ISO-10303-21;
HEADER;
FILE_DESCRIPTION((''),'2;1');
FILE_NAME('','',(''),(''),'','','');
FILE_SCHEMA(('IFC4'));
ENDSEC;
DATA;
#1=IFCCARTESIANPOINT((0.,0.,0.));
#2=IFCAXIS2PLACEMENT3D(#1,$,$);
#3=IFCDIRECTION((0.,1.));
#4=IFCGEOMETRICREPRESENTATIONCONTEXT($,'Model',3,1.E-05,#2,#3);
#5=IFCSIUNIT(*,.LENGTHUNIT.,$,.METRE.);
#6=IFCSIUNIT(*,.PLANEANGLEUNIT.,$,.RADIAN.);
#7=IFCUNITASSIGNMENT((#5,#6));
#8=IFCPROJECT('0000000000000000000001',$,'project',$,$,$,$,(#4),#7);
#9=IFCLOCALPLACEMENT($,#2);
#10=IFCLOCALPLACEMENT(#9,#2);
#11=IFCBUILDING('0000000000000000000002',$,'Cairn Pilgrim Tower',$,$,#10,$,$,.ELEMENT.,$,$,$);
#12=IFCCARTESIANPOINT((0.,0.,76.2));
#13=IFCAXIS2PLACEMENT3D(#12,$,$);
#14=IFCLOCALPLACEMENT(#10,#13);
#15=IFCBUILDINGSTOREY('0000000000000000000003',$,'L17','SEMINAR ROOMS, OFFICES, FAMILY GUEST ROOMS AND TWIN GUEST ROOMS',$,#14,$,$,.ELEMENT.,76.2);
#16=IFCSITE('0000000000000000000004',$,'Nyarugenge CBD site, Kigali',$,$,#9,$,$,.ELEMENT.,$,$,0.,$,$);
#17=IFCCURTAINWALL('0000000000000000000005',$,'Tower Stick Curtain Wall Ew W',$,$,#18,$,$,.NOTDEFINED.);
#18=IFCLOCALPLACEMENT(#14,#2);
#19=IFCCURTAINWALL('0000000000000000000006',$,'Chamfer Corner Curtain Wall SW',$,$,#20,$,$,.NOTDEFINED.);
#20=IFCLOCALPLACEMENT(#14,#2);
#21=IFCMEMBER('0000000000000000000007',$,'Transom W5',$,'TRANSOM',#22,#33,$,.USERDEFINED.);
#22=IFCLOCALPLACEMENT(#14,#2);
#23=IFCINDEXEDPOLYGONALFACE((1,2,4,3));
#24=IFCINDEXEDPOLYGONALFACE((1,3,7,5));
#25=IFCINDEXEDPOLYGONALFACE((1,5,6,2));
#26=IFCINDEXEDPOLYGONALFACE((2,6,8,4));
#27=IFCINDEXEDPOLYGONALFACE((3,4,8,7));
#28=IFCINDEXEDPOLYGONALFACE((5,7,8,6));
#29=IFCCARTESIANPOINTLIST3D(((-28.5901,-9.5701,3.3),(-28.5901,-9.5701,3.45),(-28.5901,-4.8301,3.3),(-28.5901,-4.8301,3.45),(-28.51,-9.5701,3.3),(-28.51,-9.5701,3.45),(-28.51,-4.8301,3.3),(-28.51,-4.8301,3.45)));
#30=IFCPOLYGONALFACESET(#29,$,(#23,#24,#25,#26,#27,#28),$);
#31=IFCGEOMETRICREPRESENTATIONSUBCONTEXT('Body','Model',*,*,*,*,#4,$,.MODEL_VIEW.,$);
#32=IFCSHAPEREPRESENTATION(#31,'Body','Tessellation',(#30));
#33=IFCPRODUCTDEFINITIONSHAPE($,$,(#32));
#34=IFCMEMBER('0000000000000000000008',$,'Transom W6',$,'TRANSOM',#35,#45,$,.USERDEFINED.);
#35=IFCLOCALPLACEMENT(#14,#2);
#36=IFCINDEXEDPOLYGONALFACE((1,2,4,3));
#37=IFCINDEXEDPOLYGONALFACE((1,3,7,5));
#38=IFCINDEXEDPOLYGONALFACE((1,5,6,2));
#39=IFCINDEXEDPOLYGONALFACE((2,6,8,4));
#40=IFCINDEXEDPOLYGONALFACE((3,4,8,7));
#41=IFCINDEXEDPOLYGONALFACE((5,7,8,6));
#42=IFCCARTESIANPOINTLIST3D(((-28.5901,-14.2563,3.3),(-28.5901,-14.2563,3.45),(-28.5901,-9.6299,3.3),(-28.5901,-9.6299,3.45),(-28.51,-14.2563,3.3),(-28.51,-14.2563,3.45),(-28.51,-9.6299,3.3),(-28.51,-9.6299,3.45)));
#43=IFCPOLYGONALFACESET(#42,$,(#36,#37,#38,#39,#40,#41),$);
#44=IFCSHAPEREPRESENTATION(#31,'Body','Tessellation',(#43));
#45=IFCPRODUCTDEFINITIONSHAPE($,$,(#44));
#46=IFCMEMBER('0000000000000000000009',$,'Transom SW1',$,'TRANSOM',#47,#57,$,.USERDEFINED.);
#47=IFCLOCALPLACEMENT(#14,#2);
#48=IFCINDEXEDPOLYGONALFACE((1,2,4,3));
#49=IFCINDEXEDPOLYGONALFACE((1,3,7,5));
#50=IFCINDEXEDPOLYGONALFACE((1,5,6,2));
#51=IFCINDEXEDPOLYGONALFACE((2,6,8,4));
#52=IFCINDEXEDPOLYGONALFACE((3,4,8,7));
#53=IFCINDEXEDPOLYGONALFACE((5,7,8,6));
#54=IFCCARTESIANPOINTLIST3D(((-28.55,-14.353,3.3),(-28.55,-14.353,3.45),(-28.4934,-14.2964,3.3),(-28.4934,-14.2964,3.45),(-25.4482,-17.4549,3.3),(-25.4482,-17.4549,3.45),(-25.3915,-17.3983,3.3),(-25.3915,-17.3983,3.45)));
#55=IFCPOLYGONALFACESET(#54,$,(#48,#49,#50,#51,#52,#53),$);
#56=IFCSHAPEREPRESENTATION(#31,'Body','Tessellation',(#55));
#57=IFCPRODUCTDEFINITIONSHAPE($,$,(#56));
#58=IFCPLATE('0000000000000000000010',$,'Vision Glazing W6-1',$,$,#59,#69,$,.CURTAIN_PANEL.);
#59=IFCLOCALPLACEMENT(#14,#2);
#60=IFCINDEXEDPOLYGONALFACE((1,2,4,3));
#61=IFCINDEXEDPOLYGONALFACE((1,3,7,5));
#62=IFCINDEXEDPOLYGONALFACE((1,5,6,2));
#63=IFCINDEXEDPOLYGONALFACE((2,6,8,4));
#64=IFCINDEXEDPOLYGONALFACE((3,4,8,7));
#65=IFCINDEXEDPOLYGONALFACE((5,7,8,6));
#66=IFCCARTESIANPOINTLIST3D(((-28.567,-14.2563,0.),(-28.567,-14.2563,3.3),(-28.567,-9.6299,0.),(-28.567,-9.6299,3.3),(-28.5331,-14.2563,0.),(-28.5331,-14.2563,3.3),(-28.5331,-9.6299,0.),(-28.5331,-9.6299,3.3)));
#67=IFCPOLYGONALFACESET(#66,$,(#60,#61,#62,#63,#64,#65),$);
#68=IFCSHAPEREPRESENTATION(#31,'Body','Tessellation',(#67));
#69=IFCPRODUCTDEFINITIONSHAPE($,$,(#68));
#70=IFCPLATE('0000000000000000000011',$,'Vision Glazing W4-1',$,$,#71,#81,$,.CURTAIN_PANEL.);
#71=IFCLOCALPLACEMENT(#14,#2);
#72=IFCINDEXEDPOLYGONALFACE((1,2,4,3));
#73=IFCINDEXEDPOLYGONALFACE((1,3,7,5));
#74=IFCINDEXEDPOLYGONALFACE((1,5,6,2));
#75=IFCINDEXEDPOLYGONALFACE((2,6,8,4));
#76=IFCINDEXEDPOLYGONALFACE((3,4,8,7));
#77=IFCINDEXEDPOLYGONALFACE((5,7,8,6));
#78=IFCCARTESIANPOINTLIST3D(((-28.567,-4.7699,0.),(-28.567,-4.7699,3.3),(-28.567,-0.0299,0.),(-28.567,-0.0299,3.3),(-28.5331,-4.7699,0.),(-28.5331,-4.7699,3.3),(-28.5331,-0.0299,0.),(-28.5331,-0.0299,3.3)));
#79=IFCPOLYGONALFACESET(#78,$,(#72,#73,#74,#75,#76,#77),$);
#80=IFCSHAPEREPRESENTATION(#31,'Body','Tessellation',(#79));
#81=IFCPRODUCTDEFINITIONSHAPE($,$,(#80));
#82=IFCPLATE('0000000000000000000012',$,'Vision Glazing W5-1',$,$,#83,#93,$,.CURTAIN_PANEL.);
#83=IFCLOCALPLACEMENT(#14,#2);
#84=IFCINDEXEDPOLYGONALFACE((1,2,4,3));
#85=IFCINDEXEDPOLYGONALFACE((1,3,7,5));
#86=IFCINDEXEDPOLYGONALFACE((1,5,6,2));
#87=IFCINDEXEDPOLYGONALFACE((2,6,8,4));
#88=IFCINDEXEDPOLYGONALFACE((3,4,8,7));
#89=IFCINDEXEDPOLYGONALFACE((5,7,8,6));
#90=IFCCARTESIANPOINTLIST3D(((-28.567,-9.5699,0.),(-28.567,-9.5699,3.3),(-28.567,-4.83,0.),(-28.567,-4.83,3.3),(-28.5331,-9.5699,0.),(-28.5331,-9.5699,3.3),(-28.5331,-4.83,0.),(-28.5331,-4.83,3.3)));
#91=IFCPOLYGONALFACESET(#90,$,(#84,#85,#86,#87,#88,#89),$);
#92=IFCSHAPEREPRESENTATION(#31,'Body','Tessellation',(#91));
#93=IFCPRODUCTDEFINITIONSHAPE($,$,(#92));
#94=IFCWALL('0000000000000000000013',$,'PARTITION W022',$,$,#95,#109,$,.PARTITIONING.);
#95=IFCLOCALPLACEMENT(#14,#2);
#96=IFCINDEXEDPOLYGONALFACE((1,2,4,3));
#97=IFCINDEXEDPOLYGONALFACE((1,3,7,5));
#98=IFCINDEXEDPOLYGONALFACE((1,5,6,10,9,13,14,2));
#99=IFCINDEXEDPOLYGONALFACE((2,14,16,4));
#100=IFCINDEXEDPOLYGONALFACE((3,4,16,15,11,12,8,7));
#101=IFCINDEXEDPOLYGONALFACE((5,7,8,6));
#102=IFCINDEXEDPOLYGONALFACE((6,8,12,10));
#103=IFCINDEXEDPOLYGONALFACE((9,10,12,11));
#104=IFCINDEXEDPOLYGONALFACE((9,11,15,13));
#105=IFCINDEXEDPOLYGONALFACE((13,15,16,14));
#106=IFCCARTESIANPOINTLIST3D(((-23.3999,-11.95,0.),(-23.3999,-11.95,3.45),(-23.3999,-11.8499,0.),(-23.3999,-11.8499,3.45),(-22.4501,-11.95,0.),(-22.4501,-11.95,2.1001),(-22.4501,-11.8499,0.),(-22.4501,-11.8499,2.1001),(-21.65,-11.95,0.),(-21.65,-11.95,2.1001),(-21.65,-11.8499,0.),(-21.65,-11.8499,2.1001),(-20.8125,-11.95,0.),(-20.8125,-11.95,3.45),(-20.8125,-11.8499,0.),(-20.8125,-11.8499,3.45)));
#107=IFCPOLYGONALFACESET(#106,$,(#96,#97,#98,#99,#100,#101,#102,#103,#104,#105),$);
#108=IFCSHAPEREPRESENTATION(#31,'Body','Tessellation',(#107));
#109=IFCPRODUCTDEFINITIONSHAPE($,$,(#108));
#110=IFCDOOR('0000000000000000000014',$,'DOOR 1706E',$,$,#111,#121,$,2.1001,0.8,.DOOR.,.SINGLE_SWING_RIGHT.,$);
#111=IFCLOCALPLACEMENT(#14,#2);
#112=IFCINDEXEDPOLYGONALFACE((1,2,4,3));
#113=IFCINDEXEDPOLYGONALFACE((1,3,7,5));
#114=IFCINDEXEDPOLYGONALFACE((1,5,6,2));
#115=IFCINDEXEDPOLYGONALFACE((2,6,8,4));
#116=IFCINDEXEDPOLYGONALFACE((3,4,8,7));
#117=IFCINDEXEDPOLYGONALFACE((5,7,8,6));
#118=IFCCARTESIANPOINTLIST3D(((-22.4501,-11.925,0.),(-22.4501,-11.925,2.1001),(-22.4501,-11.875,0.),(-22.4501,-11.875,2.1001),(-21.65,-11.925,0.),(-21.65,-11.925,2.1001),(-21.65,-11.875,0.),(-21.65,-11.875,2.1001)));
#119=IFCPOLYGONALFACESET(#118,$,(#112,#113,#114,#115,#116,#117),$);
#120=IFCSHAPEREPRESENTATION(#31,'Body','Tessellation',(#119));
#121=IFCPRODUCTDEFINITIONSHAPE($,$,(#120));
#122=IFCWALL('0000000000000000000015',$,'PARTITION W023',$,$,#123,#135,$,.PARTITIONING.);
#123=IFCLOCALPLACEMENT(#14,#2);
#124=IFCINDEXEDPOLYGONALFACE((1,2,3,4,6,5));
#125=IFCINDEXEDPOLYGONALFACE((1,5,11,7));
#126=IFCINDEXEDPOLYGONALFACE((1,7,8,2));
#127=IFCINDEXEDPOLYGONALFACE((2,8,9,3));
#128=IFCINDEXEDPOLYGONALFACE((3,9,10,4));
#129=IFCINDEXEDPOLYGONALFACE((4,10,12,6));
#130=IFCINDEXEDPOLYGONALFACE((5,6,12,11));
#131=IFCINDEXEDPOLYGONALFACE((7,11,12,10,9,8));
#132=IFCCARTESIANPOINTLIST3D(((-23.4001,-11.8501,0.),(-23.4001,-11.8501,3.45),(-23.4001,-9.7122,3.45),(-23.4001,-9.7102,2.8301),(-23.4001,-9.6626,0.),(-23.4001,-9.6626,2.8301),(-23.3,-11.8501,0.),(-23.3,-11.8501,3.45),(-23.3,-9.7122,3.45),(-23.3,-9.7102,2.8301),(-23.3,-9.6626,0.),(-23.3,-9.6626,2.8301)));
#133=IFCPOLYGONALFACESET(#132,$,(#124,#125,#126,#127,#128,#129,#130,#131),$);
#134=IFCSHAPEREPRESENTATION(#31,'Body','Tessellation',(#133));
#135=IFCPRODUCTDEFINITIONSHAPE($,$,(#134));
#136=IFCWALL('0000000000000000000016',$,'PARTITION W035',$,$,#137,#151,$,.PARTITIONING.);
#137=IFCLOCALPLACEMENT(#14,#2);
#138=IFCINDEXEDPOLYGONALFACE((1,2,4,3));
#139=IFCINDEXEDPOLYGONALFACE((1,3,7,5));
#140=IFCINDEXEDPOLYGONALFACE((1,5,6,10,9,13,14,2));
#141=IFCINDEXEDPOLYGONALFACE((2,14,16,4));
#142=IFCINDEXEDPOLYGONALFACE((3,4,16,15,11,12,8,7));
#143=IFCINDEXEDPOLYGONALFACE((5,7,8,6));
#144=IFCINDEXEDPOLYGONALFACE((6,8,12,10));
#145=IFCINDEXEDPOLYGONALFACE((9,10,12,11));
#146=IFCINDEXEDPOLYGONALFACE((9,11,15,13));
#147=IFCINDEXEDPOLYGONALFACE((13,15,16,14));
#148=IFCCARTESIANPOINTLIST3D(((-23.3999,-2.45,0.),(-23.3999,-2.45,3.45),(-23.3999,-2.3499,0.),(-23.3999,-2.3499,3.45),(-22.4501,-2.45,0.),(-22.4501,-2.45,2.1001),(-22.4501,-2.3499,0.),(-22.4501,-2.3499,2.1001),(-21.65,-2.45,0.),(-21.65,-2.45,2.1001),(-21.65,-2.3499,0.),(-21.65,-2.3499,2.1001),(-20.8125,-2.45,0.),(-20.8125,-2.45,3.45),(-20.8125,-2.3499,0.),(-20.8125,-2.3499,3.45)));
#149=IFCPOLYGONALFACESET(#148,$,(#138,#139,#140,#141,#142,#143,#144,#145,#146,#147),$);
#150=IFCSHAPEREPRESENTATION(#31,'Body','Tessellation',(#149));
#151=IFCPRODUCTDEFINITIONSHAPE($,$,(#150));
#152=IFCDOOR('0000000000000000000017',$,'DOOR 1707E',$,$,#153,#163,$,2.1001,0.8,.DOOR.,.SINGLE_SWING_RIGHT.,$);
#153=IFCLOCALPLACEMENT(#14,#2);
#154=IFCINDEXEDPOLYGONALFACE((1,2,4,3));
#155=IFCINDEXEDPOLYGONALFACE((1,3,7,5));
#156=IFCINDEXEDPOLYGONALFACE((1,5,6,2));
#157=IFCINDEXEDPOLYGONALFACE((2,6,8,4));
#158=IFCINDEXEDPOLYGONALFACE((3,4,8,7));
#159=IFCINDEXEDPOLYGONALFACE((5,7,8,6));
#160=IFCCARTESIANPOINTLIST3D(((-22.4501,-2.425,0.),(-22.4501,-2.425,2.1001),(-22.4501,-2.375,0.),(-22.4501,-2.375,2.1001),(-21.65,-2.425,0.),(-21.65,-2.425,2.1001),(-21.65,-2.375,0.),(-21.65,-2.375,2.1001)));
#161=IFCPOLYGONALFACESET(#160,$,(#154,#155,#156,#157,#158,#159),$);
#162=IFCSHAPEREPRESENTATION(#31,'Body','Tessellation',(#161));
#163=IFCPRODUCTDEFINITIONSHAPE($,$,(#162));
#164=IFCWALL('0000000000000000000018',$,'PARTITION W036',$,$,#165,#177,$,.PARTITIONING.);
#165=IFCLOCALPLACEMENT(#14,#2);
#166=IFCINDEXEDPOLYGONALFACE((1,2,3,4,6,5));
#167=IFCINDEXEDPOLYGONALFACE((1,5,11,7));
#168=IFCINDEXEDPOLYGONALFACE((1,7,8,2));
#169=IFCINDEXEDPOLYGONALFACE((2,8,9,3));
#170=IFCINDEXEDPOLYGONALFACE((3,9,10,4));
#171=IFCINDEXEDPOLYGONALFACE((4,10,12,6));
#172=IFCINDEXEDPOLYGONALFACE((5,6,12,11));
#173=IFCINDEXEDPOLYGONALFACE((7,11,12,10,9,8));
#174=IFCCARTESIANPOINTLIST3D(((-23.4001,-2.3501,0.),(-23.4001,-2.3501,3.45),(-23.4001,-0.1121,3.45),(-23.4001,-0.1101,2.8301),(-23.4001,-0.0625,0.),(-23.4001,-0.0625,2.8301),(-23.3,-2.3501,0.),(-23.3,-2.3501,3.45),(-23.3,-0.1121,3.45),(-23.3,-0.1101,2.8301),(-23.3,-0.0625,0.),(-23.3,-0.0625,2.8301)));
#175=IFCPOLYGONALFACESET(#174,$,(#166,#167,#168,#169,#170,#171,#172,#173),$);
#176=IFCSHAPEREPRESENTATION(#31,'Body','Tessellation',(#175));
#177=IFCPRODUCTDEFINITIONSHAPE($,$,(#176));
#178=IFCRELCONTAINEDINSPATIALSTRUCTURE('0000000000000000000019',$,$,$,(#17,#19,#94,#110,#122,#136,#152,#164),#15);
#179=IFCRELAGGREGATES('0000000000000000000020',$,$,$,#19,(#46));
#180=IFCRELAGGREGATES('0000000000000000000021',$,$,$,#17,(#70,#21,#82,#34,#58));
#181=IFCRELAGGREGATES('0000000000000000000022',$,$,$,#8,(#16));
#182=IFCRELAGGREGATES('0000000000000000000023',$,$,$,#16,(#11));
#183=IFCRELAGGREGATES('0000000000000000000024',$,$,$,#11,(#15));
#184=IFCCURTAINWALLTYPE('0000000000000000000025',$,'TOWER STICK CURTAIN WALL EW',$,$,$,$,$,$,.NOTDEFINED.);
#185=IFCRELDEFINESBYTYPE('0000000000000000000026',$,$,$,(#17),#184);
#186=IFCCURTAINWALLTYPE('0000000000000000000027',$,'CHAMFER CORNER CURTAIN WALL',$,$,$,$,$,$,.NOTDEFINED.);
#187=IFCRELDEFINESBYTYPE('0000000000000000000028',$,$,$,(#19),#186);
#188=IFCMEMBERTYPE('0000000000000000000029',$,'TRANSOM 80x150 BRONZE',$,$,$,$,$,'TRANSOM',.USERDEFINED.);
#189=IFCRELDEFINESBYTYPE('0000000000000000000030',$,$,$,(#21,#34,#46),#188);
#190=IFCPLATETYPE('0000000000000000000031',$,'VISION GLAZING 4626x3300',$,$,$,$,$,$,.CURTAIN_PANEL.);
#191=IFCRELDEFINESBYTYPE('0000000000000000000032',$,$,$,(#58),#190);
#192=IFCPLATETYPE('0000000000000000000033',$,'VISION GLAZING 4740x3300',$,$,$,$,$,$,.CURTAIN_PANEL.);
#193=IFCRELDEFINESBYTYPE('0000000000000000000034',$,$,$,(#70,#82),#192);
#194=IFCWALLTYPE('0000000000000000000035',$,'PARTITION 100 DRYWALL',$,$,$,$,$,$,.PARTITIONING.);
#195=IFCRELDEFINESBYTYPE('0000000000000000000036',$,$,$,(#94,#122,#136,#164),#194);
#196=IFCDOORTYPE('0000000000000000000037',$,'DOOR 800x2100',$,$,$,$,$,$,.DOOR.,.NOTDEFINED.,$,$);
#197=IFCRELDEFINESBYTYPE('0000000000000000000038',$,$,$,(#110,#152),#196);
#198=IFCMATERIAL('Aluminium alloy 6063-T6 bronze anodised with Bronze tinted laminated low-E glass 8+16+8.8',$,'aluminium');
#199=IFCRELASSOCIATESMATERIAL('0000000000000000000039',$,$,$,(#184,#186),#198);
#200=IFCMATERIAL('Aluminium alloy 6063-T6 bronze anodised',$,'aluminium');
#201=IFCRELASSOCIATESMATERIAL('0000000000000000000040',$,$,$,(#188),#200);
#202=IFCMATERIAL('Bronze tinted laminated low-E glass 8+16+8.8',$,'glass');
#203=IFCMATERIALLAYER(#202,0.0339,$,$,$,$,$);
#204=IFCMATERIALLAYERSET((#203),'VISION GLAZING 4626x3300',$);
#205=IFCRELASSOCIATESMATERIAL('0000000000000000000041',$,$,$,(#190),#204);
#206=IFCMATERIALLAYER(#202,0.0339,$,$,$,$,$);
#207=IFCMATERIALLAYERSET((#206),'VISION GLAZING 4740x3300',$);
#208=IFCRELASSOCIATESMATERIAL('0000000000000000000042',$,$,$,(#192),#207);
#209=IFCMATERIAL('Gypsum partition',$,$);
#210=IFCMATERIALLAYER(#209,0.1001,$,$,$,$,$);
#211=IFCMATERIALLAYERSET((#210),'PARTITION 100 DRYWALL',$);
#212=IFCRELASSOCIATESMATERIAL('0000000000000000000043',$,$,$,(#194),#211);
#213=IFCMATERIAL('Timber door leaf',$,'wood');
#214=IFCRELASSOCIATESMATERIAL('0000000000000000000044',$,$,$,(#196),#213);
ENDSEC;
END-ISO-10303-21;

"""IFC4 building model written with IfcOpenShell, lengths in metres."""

from ifc_helpers import new_model, si_unit, direction, frame, frame_2d, origin, origin_2d, place, context, subcontext, project, spatial, polyline, rectangle, outline, extrude, material, layer, layer_set, material_profile, profile_set, type_object, element, fill, aggregate, save


model = new_model("IFC4")

# Units and contexts
model_context = context("Model", 3, precision=1e-05, world=origin(), true_north=direction((0.0, 1.0)))
body_context = subcontext(model_context, "Body", "Model", "MODEL_VIEW")
ifc_project = project(units=[si_unit("LENGTHUNIT", "METRE"), si_unit("PLANEANGLEUNIT", "RADIAN")], contexts=[model_context])

# Site, building, storey
site_placement = place(None, origin())
site = spatial("IfcSite", under=ifc_project, at=site_placement, Name="Nyarugenge CBD site, Kigali", CompositionType="ELEMENT", RefElevation=0.0)
building_placement = place(site_placement, origin())
building = spatial("IfcBuilding", under=site, at=building_placement, Name="Cairn Pilgrim Tower", CompositionType="ELEMENT")
storey_placement = place(building_placement, frame((0.0, 0.0, 76.2)))
storey = spatial("IfcBuildingStorey", under=building, at=storey_placement, Name="L17", Description="SEMINAR ROOMS, OFFICES, FAMILY GUEST ROOMS AND TWIN GUEST ROOMS", CompositionType="ELEMENT", Elevation=76.2)

# Curtain wall
ifc_material_1 = material(Name="Aluminium alloy 6063-T6 bronze anodised with Bronze tinted laminated low-E glass 8+16+8.8", Category="aluminium")
curtain_wall_type_1 = type_object("IfcCurtainWallType", Name="TOWER STICK CURTAIN WALL EW", PredefinedType="NOTDEFINED", material=ifc_material_1)
curtain_wall_1_placement = place(storey_placement, origin())
curtain_wall_1 = element("IfcCurtainWall", 1, at=curtain_wall_1_placement, inside=storey, type_object=curtain_wall_type_1, Name="Tower Stick Curtain Wall Ew W", PredefinedType="NOTDEFINED")
ifc_material_2 = material(Name="Aluminium alloy 6063-T6 bronze anodised", Category="aluminium")

# Curtain wall
curtain_wall_type_2 = type_object("IfcCurtainWallType", Name="CHAMFER CORNER CURTAIN WALL", PredefinedType="NOTDEFINED", material=ifc_material_1)
curtain_wall_2_placement = place(storey_placement, origin())
curtain_wall_2 = element("IfcCurtainWall", 2, at=curtain_wall_2_placement, inside=storey, type_object=curtain_wall_type_2, Name="Chamfer Corner Curtain Wall SW", PredefinedType="NOTDEFINED")

# Members
ifc_material_profile_1 = material_profile(ifc_material_2, rectangle(XDim=0.0801, YDim=0.1499, at=origin_2d()), Name="TRANSOM 80x150 BRONZE")
ifc_profile_set_1 = profile_set([ifc_material_profile_1], Name="Aluminium alloy 6063-T6 bronze anodised")
member_type_1 = type_object("IfcMemberType", Name="TRANSOM 80x150 BRONZE", ElementType="TRANSOM", PredefinedType="USERDEFINED", material=ifc_profile_set_1)
member_1_placement = place(storey_placement, frame((-28.55, -4.8301, 3.375), z_axis=(0.0, -1.0, 0.0), x_axis=(1.0, 0.0, 0.0)))
member_1 = element("IfcMember", 3, at=member_1_placement, type_object=member_type_1, Name="Transom W5", ObjectType="TRANSOM", PredefinedType="USERDEFINED", context=body_context, shape_type="SweptSolid", body=[
    extrude(rectangle(XDim=0.0801, YDim=0.1499, at=origin_2d()), origin(), (0.0, 0.0, 1.0), 4.74),
])
member_2_placement = place(storey_placement, frame((-28.55, -9.6299, 3.375), z_axis=(0.0, -1.0, 0.0), x_axis=(1.0, 0.0, 0.0)))
member_2 = element("IfcMember", 4, at=member_2_placement, type_object=member_type_1, Name="Transom W6", ObjectType="TRANSOM", PredefinedType="USERDEFINED", context=body_context, shape_type="SweptSolid", body=[
    extrude(rectangle(XDim=0.0801, YDim=0.1499, at=origin_2d()), origin(), (0.0, 0.0, 1.0), 4.6265),
])
member_3_placement = place(storey_placement, frame((-28.5217, -14.3247, 3.375), z_axis=(0.707107, -0.707107, 0.0), x_axis=(0.707107, 0.707107, 0.0)))
member_3 = element("IfcMember", 5, at=member_3_placement, type_object=member_type_1, Name="Transom SW1", ObjectType="TRANSOM", PredefinedType="USERDEFINED", context=body_context, shape_type="SweptSolid", body=[
    extrude(rectangle(XDim=0.0801, YDim=0.1499, at=origin_2d()), origin(), (0.0, 0.0, 1.0), 4.3867),
])
aggregate(curtain_wall_2, [member_3])

# Plates
ifc_material_3 = material(Name="Bronze tinted laminated low-E glass 8+16+8.8", Category="glass")
ifc_layer_1 = layer(ifc_material_3, 0.0339)
ifc_layer_set_1 = layer_set([ifc_layer_1], Name="VISION GLAZING 4626x3300")
plate_type_1 = type_object("IfcPlateType", Name="VISION GLAZING 4626x3300", PredefinedType="CURTAIN_PANEL", material=ifc_layer_set_1)
plate_1_placement = place(storey_placement, frame((-28.55, -11.9431, 0.0), z_axis=(0.0, 0.0, 1.0), x_axis=(0.0, -1.0, 0.0)))
plate_1 = element("IfcPlate", 6, at=plate_1_placement, type_object=plate_type_1, Name="Vision Glazing W6-1", PredefinedType="CURTAIN_PANEL", context=body_context, shape_type="SweptSolid", body=[
    extrude(rectangle(XDim=4.6265, YDim=0.0339, at=origin_2d()), origin(), (0.0, 0.0, 1.0), 3.3),
])
ifc_layer_2 = layer(ifc_material_3, 0.0339)
ifc_layer_set_2 = layer_set([ifc_layer_2], Name="VISION GLAZING 4740x3300")
plate_type_2 = type_object("IfcPlateType", Name="VISION GLAZING 4740x3300", PredefinedType="CURTAIN_PANEL", material=ifc_layer_set_2)
plate_2_placement = place(storey_placement, frame((-28.55, -2.3999, 0.0), z_axis=(0.0, 0.0, 1.0), x_axis=(0.0, -1.0, 0.0)))
plate_2 = element("IfcPlate", 7, at=plate_2_placement, type_object=plate_type_2, Name="Vision Glazing W4-1", PredefinedType="CURTAIN_PANEL", context=body_context, shape_type="SweptSolid", body=[
    extrude(rectangle(XDim=4.74, YDim=0.0339, at=origin_2d()), origin(), (0.0, 0.0, 1.0), 3.3),
])
plate_3_placement = place(storey_placement, frame((-28.55, -7.2, 0.0), z_axis=(0.0, 0.0, 1.0), x_axis=(0.0, -1.0, 0.0)))
plate_3 = element("IfcPlate", 8, at=plate_3_placement, type_object=plate_type_2, Name="Vision Glazing W5-1", PredefinedType="CURTAIN_PANEL", context=body_context, shape_type="SweptSolid", body=[
    extrude(rectangle(XDim=4.74, YDim=0.0339, at=origin_2d()), origin(), (0.0, 0.0, 1.0), 3.3),
])
aggregate(curtain_wall_1, [plate_2, member_1, plate_3, member_2, plate_1])

# Wall, opening, door
ifc_material_4 = material(Name="Gypsum partition")
ifc_layer_3 = layer(ifc_material_4, 0.1001)
ifc_layer_set_3 = layer_set([ifc_layer_3], Name="PARTITION 100 DRYWALL")
wall_type_1 = type_object("IfcWallType", Name="PARTITION 100 DRYWALL", PredefinedType="PARTITIONING", material=ifc_layer_set_3)
wall_1_placement = place(storey_placement, frame((-23.3999, -11.8999, 0.0), z_axis=(0.0, 0.0, 1.0), x_axis=(1.0, 0.0, 0.0)))
wall_1 = element("IfcWall", 9, at=wall_1_placement, inside=storey, type_object=wall_type_1, Name="PARTITION W022", PredefinedType="PARTITIONING", context=body_context, shape_type="SweptSolid", body=[
    extrude(rectangle(XDim=2.5874, YDim=0.1001, at=frame_2d((1.2937, 0.0))), origin(), (0.0, 0.0, 1.0), 3.45),
])
opening_1_placement = place(wall_1_placement, frame((0.95, 0.0, 0.0)))
opening_1 = element("IfcOpeningElement", 10, at=opening_1_placement, cuts=wall_1, PredefinedType="OPENING", context=body_context, shape_type="SweptSolid", body=[
    extrude(rectangle(XDim=0.8, YDim=2.1001, at=frame_2d((0.3999, 1.05))), frame((0.0, 0.0601, 0.0), z_axis=(0.0, -1.0, 0.0), x_axis=(1.0, 0.0, 0.0)), (0.0, 0.0, 1.0), 0.1201),
])
ifc_material_5 = material(Name="Timber door leaf", Category="wood")
door_type = type_object("IfcDoorType", Name="DOOR 800x2100", OperationType="NOTDEFINED", PredefinedType="DOOR", material=ifc_material_5)
door_1_placement = place(opening_1_placement, origin())
door_1 = element("IfcDoor", 11, at=door_1_placement, inside=storey, type_object=door_type, Name="DOOR 1706E", OperationType="SINGLE_SWING_RIGHT", OverallHeight=2.1001, OverallWidth=0.8, PredefinedType="DOOR", context=body_context, shape_type="SweptSolid", body=[
    extrude(rectangle(XDim=0.8, YDim=2.1001, at=frame_2d((0.3999, 1.05))), frame((0.0, 0.0249, 0.0), z_axis=(0.0, -1.0, 0.0), x_axis=(1.0, 0.0, 0.0)), (0.0, 0.0, 1.0), 0.05),
])
fill(opening_1, door_1)

# Wall
wall_2_placement = place(storey_placement, frame((-23.3501, -11.8501, 0.0), z_axis=(0.0, 0.0, 1.0), x_axis=(0.0, 1.0, 0.0)))
element("IfcWall", 12, at=wall_2_placement, inside=storey, type_object=wall_type_1, Name="PARTITION W023", PredefinedType="PARTITIONING", context=body_context, shape_type="SweptSolid", body=[
    extrude(outline(polyline([(0.0, 0.0), (2.1875, 0.0), (2.1875, 2.8301), (2.1399, 2.8301), (2.1379, 3.45), (0.0, 3.45), (0.0, 0.0)])), frame((0.0, 0.05, 0.0), z_axis=(0.0, -1.0, 0.0), x_axis=(1.0, 0.0, 0.0)), (0.0, 0.0, 1.0), 0.1001),
])

# Wall, opening, door
wall_3_placement = place(storey_placement, frame((-23.3999, -2.3999, 0.0), z_axis=(0.0, 0.0, 1.0), x_axis=(1.0, 0.0, 0.0)))
wall_3 = element("IfcWall", 13, at=wall_3_placement, inside=storey, type_object=wall_type_1, Name="PARTITION W035", PredefinedType="PARTITIONING", context=body_context, shape_type="SweptSolid", body=[
    extrude(rectangle(XDim=2.5874, YDim=0.1001, at=frame_2d((1.2937, 0.0))), origin(), (0.0, 0.0, 1.0), 3.45),
])
opening_2_placement = place(wall_3_placement, frame((0.95, 0.0, 0.0)))
opening_2 = element("IfcOpeningElement", 14, at=opening_2_placement, cuts=wall_3, PredefinedType="OPENING", context=body_context, shape_type="SweptSolid", body=[
    extrude(rectangle(XDim=0.8, YDim=2.1001, at=frame_2d((0.3999, 1.05))), frame((0.0, 0.0601, 0.0), z_axis=(0.0, -1.0, 0.0), x_axis=(1.0, 0.0, 0.0)), (0.0, 0.0, 1.0), 0.1201),
])
door_2_placement = place(opening_2_placement, origin())
door_2 = element("IfcDoor", 15, at=door_2_placement, inside=storey, type_object=door_type, Name="DOOR 1707E", OperationType="SINGLE_SWING_RIGHT", OverallHeight=2.1001, OverallWidth=0.8, PredefinedType="DOOR", context=body_context, shape_type="SweptSolid", body=[
    extrude(rectangle(XDim=0.8, YDim=2.1001, at=frame_2d((0.3999, 1.05))), frame((0.0, 0.0249, 0.0), z_axis=(0.0, -1.0, 0.0), x_axis=(1.0, 0.0, 0.0)), (0.0, 0.0, 1.0), 0.05),
])
fill(opening_2, door_2)

# Wall
wall_4_placement = place(storey_placement, frame((-23.3501, -2.3501, 0.0), z_axis=(0.0, 0.0, 1.0), x_axis=(0.0, 1.0, 0.0)))
element("IfcWall", 16, at=wall_4_placement, inside=storey, type_object=wall_type_1, Name="PARTITION W036", PredefinedType="PARTITIONING", context=body_context, shape_type="SweptSolid", body=[
    extrude(outline(polyline([(0.0, 0.0), (2.2876, 0.0), (2.2876, 2.8301), (2.24, 2.8301), (2.238, 3.45), (0.0, 3.45), (0.0, 0.0)])), frame((0.0, 0.05, 0.0), z_axis=(0.0, -1.0, 0.0), x_axis=(1.0, 0.0, 0.0)), (0.0, 0.0, 1.0), 0.1001),
])

save(model, "model.ifc")
